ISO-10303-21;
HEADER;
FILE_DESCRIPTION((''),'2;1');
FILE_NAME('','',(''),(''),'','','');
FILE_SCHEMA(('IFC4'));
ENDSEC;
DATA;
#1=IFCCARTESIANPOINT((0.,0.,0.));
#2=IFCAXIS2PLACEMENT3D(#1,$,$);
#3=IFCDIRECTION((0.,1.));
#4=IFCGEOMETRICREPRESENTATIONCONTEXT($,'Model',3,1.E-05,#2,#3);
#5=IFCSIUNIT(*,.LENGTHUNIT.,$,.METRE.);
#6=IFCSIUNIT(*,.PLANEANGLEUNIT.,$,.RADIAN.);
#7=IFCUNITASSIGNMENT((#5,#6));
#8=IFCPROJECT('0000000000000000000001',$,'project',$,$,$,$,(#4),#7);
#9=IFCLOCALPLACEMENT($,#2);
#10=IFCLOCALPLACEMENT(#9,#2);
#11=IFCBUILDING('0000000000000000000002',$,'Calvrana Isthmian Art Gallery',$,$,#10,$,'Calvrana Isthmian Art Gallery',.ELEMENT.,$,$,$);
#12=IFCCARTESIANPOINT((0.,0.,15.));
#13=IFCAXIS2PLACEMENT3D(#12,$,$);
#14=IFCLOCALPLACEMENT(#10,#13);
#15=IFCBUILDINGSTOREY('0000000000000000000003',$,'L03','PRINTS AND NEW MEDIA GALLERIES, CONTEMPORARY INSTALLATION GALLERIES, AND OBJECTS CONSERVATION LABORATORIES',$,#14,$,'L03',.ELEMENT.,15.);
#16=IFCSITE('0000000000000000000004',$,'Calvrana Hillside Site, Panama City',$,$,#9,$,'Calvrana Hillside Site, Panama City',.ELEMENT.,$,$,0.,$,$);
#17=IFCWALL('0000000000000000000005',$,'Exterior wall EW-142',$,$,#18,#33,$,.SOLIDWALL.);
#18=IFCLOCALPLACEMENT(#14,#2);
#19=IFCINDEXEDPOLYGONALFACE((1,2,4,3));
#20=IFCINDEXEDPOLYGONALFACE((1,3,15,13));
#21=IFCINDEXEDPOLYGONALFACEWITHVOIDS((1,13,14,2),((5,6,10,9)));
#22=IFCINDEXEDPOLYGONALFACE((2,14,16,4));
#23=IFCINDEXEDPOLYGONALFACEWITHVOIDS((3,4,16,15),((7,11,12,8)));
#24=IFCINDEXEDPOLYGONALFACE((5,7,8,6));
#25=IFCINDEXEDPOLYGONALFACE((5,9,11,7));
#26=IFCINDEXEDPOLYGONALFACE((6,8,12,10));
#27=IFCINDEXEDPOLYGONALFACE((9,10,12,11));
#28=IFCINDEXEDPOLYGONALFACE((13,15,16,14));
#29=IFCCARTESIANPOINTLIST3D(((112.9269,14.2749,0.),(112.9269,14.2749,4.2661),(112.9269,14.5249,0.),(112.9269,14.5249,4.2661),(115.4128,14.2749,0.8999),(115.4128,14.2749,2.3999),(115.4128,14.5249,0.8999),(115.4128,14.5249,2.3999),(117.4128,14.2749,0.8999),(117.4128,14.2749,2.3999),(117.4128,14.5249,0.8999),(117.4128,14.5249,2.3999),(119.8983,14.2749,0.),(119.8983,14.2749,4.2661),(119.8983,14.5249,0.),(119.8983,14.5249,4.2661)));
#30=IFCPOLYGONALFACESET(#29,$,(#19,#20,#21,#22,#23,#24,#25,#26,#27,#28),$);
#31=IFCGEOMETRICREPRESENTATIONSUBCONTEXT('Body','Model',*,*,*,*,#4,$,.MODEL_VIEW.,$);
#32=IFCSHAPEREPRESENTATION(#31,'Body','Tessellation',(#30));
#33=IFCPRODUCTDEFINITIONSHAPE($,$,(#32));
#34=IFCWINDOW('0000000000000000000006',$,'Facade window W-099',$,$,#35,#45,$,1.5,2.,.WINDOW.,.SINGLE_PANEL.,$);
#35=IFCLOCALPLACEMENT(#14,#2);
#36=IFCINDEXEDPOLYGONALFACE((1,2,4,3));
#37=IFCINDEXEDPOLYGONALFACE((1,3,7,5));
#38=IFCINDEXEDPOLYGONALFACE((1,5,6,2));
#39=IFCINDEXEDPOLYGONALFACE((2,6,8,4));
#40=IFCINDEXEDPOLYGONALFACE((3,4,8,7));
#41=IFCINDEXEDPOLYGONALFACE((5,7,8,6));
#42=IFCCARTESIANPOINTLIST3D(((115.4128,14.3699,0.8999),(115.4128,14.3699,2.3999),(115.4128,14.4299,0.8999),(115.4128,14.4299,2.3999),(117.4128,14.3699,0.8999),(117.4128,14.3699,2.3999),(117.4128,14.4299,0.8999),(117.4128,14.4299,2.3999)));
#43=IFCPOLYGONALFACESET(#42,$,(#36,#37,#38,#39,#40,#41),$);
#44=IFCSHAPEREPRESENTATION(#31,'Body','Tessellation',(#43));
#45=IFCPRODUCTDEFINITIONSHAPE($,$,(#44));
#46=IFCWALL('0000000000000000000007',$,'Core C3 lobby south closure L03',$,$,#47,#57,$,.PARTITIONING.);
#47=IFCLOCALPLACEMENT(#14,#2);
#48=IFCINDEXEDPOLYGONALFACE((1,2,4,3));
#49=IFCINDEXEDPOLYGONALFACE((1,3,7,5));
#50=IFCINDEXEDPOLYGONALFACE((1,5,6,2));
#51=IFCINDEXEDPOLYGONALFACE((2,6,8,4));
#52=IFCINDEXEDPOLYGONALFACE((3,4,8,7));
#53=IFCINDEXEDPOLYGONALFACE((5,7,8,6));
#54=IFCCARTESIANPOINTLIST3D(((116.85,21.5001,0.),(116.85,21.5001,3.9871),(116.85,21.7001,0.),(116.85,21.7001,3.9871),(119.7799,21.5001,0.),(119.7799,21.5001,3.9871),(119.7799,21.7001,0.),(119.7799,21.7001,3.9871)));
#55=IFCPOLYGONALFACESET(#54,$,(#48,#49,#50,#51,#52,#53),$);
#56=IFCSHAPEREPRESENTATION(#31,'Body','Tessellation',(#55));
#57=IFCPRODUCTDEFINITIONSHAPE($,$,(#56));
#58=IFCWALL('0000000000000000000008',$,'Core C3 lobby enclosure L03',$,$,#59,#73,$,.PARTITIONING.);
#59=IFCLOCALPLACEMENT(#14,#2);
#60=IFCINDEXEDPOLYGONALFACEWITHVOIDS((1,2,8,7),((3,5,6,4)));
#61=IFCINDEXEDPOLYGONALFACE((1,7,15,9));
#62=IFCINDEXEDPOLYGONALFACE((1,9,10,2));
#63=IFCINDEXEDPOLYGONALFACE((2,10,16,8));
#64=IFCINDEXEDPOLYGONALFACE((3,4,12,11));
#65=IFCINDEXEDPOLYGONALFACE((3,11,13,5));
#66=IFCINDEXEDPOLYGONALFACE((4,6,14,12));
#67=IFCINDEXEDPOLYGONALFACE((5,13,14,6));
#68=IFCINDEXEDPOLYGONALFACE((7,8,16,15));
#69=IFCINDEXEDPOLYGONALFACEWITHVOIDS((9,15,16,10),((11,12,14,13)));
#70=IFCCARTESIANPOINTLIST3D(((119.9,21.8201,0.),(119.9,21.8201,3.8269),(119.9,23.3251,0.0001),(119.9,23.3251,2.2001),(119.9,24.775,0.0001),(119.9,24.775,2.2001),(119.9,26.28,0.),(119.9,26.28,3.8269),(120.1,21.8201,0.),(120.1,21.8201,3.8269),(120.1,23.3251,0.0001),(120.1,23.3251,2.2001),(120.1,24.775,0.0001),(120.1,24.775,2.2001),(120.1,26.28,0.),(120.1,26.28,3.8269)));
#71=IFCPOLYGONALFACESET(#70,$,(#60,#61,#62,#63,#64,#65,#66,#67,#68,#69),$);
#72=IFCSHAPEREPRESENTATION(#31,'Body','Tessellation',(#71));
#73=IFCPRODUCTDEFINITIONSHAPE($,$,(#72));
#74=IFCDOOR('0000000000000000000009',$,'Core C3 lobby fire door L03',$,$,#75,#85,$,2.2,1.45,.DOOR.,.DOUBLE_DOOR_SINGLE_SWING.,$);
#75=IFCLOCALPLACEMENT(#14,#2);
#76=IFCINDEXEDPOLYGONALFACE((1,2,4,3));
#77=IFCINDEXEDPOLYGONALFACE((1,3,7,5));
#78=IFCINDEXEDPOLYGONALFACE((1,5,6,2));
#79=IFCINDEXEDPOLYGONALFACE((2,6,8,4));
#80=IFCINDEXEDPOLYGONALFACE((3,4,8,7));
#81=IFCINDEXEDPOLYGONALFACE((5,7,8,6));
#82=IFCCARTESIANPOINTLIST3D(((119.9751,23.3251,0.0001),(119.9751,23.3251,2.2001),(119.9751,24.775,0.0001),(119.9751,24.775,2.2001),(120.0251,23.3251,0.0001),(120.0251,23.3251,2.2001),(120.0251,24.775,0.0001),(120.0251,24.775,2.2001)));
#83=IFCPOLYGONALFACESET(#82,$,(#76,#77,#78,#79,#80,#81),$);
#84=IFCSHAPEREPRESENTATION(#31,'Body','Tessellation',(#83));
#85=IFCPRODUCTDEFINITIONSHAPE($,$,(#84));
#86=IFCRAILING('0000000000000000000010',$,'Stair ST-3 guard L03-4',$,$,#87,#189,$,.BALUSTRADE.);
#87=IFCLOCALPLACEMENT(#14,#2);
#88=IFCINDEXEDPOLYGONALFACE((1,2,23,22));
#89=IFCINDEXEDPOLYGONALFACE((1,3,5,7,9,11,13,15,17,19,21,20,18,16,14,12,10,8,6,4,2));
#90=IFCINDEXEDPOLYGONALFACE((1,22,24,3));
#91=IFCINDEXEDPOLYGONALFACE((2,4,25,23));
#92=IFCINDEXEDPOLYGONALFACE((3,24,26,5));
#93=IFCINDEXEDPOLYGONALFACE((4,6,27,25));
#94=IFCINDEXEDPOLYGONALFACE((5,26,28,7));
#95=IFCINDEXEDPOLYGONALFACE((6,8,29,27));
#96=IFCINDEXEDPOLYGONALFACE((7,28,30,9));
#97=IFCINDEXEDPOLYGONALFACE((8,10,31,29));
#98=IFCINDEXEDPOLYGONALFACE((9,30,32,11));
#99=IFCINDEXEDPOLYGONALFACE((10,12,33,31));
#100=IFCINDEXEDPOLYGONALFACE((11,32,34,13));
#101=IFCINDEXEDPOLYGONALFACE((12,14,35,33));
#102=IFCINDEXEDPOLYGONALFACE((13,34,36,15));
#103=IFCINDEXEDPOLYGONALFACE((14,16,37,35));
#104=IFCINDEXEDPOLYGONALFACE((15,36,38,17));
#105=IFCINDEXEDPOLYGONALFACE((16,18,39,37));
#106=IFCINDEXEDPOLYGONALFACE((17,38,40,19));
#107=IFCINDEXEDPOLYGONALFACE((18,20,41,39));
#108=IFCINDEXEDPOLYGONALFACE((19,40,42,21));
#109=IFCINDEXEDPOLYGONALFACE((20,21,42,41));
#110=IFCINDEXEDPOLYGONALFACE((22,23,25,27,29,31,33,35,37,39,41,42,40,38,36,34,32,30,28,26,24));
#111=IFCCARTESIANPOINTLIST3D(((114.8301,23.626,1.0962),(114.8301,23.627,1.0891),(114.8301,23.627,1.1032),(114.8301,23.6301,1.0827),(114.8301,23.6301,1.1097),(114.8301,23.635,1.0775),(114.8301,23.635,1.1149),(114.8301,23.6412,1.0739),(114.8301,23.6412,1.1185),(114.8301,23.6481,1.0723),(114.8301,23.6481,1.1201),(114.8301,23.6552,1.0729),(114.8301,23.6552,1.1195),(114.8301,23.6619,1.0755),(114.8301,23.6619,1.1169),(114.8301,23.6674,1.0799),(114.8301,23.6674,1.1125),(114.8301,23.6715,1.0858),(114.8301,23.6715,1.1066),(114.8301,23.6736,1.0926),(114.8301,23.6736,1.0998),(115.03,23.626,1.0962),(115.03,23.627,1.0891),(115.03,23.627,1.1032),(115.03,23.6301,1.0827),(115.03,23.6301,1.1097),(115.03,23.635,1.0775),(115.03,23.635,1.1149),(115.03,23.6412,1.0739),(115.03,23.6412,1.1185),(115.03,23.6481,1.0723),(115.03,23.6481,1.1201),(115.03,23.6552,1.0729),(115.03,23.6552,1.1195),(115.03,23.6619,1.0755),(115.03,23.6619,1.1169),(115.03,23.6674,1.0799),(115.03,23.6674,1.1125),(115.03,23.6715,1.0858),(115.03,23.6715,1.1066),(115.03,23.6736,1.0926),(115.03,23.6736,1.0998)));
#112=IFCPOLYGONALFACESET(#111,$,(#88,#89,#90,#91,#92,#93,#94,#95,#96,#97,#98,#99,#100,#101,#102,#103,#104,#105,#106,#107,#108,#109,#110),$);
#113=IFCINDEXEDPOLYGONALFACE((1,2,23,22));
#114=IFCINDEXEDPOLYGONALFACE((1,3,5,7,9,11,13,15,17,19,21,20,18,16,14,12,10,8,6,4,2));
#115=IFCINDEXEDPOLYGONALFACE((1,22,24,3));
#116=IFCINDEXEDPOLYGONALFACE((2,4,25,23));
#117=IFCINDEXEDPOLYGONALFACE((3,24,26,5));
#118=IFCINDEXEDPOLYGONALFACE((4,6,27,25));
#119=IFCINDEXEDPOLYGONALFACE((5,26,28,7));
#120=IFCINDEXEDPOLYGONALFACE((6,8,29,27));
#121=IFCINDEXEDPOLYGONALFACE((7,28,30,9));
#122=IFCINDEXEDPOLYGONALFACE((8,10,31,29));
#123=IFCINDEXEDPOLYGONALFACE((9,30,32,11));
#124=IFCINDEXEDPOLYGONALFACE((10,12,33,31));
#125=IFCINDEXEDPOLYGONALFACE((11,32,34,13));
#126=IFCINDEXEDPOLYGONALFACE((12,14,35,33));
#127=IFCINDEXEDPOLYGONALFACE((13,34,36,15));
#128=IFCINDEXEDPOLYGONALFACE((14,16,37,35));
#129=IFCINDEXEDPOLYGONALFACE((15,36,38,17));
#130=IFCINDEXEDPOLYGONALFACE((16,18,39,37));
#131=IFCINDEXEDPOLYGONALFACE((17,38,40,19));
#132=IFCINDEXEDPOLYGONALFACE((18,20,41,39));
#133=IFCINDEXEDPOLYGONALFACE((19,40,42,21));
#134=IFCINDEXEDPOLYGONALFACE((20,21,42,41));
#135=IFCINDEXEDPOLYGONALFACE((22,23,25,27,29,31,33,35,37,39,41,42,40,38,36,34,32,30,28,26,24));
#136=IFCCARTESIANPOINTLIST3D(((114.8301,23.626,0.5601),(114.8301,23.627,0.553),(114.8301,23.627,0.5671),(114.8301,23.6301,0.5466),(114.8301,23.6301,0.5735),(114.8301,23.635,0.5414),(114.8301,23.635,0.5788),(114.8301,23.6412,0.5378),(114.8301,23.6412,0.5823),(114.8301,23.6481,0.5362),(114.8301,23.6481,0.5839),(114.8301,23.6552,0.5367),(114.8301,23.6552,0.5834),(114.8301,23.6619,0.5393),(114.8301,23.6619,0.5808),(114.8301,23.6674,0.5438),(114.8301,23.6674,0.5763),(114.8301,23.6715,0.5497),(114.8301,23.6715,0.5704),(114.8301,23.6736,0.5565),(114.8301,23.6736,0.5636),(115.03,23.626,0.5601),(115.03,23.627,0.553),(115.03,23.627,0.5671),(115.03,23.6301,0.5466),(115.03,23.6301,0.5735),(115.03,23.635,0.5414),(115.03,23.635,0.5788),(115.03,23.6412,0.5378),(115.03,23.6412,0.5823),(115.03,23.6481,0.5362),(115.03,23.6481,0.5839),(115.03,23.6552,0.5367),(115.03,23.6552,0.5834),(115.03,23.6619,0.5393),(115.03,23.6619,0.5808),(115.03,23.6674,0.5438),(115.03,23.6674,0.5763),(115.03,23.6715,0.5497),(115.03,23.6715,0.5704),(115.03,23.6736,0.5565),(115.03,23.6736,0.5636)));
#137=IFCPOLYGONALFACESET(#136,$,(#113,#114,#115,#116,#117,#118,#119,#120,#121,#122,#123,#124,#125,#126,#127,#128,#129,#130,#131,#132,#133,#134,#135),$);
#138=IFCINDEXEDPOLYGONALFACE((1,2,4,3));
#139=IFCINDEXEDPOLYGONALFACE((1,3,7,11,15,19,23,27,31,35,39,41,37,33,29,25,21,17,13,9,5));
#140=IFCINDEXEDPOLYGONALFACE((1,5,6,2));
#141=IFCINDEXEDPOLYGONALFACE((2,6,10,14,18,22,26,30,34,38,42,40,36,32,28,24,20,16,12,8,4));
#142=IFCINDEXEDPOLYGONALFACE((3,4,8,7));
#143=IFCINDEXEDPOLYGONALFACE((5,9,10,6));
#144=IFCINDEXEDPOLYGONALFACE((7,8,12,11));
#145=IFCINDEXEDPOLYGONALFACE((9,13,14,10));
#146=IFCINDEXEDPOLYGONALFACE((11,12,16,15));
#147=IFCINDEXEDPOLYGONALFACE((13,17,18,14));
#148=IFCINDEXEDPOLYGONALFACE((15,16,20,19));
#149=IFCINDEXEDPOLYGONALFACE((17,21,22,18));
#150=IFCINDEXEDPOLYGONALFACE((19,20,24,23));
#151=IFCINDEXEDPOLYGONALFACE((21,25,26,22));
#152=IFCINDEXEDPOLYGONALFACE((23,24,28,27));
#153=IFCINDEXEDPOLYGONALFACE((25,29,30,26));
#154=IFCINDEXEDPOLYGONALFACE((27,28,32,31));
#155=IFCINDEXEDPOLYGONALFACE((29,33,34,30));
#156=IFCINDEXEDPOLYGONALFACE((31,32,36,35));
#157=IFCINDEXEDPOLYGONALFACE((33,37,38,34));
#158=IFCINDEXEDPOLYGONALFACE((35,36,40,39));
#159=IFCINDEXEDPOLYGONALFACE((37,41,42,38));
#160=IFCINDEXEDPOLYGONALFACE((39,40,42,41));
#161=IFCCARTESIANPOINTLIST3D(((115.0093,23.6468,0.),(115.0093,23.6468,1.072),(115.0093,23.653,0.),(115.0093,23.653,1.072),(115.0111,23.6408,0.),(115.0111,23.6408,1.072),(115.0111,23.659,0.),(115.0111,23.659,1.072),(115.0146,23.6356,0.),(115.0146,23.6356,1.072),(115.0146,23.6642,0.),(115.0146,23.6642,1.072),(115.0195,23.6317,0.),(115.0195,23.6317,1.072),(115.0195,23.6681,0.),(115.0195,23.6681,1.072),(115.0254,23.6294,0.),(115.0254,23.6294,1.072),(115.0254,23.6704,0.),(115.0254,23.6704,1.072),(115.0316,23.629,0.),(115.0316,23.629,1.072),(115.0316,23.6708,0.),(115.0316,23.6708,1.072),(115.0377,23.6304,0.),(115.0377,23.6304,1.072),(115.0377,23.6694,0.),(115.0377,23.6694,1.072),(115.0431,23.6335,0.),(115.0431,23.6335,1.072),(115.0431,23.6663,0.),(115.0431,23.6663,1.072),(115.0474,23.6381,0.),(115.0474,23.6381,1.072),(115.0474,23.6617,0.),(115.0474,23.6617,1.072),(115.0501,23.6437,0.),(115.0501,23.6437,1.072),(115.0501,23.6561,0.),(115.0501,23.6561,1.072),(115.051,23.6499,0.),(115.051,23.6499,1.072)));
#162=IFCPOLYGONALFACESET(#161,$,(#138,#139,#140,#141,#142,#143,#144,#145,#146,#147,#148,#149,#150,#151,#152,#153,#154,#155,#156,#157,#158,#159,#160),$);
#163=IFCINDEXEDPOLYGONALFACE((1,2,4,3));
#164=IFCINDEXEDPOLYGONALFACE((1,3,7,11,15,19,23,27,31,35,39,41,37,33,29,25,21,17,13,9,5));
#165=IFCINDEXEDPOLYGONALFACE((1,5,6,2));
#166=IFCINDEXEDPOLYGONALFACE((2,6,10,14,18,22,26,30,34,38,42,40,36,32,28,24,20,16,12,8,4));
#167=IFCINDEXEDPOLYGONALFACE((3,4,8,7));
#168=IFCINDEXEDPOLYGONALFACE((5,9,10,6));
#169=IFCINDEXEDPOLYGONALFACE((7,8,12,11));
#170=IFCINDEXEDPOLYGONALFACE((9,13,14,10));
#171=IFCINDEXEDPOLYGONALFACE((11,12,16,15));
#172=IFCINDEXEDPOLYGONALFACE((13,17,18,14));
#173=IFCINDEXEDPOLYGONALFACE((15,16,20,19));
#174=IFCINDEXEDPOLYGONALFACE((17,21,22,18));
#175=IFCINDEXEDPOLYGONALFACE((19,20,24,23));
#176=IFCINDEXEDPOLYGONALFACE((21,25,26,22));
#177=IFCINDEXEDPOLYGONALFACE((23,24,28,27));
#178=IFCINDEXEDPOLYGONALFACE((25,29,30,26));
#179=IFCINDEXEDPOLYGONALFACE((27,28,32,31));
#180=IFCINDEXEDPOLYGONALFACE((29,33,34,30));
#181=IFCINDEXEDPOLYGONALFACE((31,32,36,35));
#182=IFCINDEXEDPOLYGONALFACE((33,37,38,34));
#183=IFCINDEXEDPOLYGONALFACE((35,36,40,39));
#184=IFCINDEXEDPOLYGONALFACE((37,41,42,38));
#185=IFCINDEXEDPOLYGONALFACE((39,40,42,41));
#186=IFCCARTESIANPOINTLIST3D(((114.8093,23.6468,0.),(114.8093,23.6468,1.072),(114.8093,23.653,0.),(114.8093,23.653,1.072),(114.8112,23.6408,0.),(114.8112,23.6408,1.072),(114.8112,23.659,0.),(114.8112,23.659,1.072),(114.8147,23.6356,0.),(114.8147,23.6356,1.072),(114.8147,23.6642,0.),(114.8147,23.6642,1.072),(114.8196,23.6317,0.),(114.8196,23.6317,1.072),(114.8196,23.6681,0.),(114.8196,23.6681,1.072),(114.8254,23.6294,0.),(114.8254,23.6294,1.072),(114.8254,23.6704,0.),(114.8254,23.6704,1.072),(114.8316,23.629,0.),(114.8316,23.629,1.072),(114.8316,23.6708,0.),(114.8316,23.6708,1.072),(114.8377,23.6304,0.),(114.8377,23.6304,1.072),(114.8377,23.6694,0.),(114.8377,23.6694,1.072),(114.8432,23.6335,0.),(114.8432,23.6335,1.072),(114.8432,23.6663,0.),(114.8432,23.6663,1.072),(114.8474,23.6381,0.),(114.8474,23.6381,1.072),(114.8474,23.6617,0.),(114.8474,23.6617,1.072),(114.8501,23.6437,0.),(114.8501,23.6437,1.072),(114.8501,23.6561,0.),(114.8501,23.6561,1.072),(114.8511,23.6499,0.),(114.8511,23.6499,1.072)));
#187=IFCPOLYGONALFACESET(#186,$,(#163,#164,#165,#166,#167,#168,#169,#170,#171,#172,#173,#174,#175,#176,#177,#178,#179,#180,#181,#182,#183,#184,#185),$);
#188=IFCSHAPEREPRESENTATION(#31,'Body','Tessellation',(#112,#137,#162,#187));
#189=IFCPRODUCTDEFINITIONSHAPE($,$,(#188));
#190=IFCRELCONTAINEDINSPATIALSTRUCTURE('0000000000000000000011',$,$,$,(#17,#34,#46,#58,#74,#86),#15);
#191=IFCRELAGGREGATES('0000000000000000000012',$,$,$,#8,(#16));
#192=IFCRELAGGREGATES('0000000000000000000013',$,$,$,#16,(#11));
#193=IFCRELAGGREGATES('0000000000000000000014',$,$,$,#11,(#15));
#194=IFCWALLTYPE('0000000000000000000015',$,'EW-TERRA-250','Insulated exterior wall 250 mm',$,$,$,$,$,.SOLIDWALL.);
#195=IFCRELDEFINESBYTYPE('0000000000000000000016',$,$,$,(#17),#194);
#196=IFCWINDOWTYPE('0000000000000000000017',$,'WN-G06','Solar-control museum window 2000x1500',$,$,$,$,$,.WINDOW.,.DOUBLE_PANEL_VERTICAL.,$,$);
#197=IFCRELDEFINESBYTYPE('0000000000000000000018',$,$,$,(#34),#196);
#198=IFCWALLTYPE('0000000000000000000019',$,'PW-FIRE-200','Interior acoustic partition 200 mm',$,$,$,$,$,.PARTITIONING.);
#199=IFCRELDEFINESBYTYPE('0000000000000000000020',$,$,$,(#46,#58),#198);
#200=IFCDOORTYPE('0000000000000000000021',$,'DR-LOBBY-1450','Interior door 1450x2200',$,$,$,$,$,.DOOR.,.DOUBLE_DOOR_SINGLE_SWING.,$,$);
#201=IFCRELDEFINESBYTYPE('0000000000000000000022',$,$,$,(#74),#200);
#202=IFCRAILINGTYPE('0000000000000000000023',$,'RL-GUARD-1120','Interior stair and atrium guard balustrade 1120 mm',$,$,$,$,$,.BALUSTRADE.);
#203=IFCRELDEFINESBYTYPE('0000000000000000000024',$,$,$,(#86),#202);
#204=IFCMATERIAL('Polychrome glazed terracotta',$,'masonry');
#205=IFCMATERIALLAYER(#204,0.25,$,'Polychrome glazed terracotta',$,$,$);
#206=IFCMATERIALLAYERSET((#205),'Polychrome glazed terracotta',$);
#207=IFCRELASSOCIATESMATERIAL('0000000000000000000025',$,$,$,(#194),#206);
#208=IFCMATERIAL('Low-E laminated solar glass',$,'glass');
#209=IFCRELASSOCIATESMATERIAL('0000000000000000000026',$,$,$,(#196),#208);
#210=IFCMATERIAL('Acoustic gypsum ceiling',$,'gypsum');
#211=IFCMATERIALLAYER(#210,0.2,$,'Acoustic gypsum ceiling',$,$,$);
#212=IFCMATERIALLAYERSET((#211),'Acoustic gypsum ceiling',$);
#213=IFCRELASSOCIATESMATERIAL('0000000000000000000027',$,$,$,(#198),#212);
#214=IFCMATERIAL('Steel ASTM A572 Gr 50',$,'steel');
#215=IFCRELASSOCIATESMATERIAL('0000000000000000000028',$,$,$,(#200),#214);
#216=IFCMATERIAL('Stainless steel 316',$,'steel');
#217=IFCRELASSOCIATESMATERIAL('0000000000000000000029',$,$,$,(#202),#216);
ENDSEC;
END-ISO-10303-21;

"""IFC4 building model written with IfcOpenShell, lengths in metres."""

from ifc_helpers import new_model, si_unit, direction, frame, frame_2d, origin, origin_2d, place, context, subcontext, project, spatial, rectangle, circle, extrude, material, layer, layer_set, type_object, element, fill, save


model = new_model("IFC4")

# Units and contexts
model_context = context("Model", 3, precision=1e-05, world=origin(), true_north=direction((0.0, 1.0)))
body_context = subcontext(model_context, "Body", "Model", "MODEL_VIEW")
ifc_project = project(units=[si_unit("LENGTHUNIT", "METRE"), si_unit("PLANEANGLEUNIT", "RADIAN")], contexts=[model_context])

# Site, building, storey
site_placement = place(None, origin())
site = spatial("IfcSite", under=ifc_project, at=site_placement, Name="Calvrana Hillside Site, Panama City", LongName="Calvrana Hillside Site, Panama City", CompositionType="ELEMENT", RefElevation=0.0)
building_placement = place(site_placement, origin())
building = spatial("IfcBuilding", under=site, at=building_placement, Name="Calvrana Isthmian Art Gallery", LongName="Calvrana Isthmian Art Gallery", CompositionType="ELEMENT")
storey_placement = place(building_placement, frame((0.0, 0.0, 15.0)))
storey = spatial("IfcBuildingStorey", under=building, at=storey_placement, Name="L03", Description="PRINTS AND NEW MEDIA GALLERIES, CONTEMPORARY INSTALLATION GALLERIES, AND OBJECTS CONSERVATION LABORATORIES", LongName="L03", CompositionType="ELEMENT", Elevation=15.0)

# Shared definitions
ifc_material_1 = material(Name="Steel ASTM A572 Gr 50", Category="steel")

# Wall, opening, window
ifc_material_2 = material(Name="Polychrome glazed terracotta", Category="masonry")
ifc_layer_1 = layer(ifc_material_2, 0.25, Name="Polychrome glazed terracotta")
ifc_layer_set_1 = layer_set([ifc_layer_1], Name="Polychrome glazed terracotta")
wall_type_1 = type_object("IfcWallType", Name="EW-TERRA-250", Description="Insulated exterior wall 250 mm", PredefinedType="SOLIDWALL", material=ifc_layer_set_1)
wall_1_placement = place(storey_placement, frame((119.8984, 14.3999, 0.0), z_axis=(0.0, 0.0, 1.0), x_axis=(-1.0, 0.0, 0.0)))
wall_1 = element("IfcWall", 1, at=wall_1_placement, inside=storey, type_object=wall_type_1, Name="Exterior wall EW-142", PredefinedType="SOLIDWALL", context=body_context, shape_type="SweptSolid", body=[
    extrude(rectangle(XDim=6.9714, YDim=0.25, at=frame_2d((3.4858, 0.0))), origin(), (0.0, 0.0, 1.0), 4.2661),
])
opening_1_placement = place(wall_1_placement, frame((2.4856, 0.0, 0.8999)))
opening_1 = element("IfcOpeningElement", 2, at=opening_1_placement, cuts=wall_1, PredefinedType="OPENING", context=body_context, shape_type="SweptSolid", body=[
    extrude(rectangle(XDim=2.0, YDim=1.5, at=frame_2d((1.0, 0.75))), frame((0.0, 0.1353, 0.0), z_axis=(0.0, -1.0, 0.0), x_axis=(1.0, 0.0, 0.0)), (0.0, 0.0, 1.0), 0.2705),
])
ifc_material_3 = material(Name="Low-E laminated solar glass", Category="glass")
window_type = type_object("IfcWindowType", Name="WN-G06", Description="Solar-control museum window 2000x1500", PartitioningType="DOUBLE_PANEL_VERTICAL", PredefinedType="WINDOW", material=ifc_material_3)
window_placement = place(opening_1_placement, origin())
window = element("IfcWindow", 3, at=window_placement, inside=storey, type_object=window_type, Name="Facade window W-099", OverallHeight=1.5, OverallWidth=2.0, PartitioningType="SINGLE_PANEL", PredefinedType="WINDOW", context=body_context, shape_type="SweptSolid", body=[
    extrude(rectangle(XDim=2.0, YDim=1.5, at=frame_2d((1.0, 0.75))), frame((0.0, 0.03, 0.0), z_axis=(0.0, -1.0, 0.0), x_axis=(1.0, 0.0, 0.0)), (0.0, 0.0, 1.0), 0.0601),
])
fill(opening_1, window)

# Wall
ifc_material_4 = material(Name="Acoustic gypsum ceiling", Category="gypsum")
ifc_layer_2 = layer(ifc_material_4, 0.2, Name="Acoustic gypsum ceiling")
ifc_layer_set_2 = layer_set([ifc_layer_2], Name="Acoustic gypsum ceiling")
wall_type_2 = type_object("IfcWallType", Name="PW-FIRE-200", Description="Interior acoustic partition 200 mm", PredefinedType="PARTITIONING", material=ifc_layer_set_2)
wall_2_placement = place(storey_placement, frame((116.8501, 21.6001, 0.0), z_axis=(0.0, 0.0, 1.0), x_axis=(1.0, 0.0, 0.0)))
element("IfcWall", 4, at=wall_2_placement, inside=storey, type_object=wall_type_2, Name="Core C3 lobby south closure L03", PredefinedType="PARTITIONING", context=body_context, shape_type="SweptSolid", body=[
    extrude(rectangle(XDim=2.9299, YDim=0.2, at=frame_2d((1.4648, 0.0))), origin(), (0.0, 0.0, 1.0), 3.9871),
])

# Wall, opening, door
wall_3_placement = place(storey_placement, frame((120.0, 21.8201, 0.0), z_axis=(0.0, 0.0, 1.0), x_axis=(0.0, 1.0, 0.0)))
wall_3 = element("IfcWall", 5, at=wall_3_placement, inside=storey, type_object=wall_type_2, Name="Core C3 lobby enclosure L03", PredefinedType="PARTITIONING", context=body_context, shape_type="SweptSolid", body=[
    extrude(rectangle(XDim=4.46, YDim=0.2, at=frame_2d((2.23, 0.0))), origin(), (0.0, 0.0, 1.0), 3.8269),
])
opening_2_placement = place(wall_3_placement, frame((1.5049, 0.0, 0.0)))
opening_2 = element("IfcOpeningElement", 6, at=opening_2_placement, cuts=wall_3, PredefinedType="OPENING", context=body_context, shape_type="SweptSolid", body=[
    extrude(rectangle(XDim=1.45, YDim=2.2, at=frame_2d((0.7251, 1.1001))), frame((0.0, 0.1104, 0.0), z_axis=(0.0, -1.0, 0.0), x_axis=(1.0, 0.0, 0.0)), (0.0, 0.0, 1.0), 0.2205),
])
door_type_1 = type_object("IfcDoorType", Name="DR-LOBBY-1450", Description="Interior door 1450x2200", OperationType="DOUBLE_DOOR_SINGLE_SWING", PredefinedType="DOOR", material=ifc_material_1)
door_1_placement = place(opening_2_placement, origin())
door_1 = element("IfcDoor", 7, at=door_1_placement, inside=storey, type_object=door_type_1, Name="Core C3 lobby fire door L03", OperationType="DOUBLE_DOOR_SINGLE_SWING", OverallHeight=2.2, OverallWidth=1.45, PredefinedType="DOOR", context=body_context, shape_type="SweptSolid", body=[
    extrude(rectangle(XDim=1.45, YDim=2.2, at=frame_2d((0.7251, 1.1001))), frame((0.0, 0.0249, 0.0), z_axis=(0.0, -1.0, 0.0), x_axis=(1.0, 0.0, 0.0)), (0.0, 0.0, 1.0), 0.05),
])
fill(opening_2, door_1)

# Railing
ifc_material_5 = material(Name="Stainless steel 316", Category="steel")
railing_type = type_object("IfcRailingType", Name="RL-GUARD-1120", Description="Interior stair and atrium guard balustrade 1120 mm", PredefinedType="BALUSTRADE", material=ifc_material_5)
railing_1_placement = place(storey_placement, frame((115.03, 23.6499, 0.0)))
element("IfcRailing", 8, at=railing_1_placement, inside=storey, type_object=railing_type, Name="Stair ST-3 guard L03-4", PredefinedType="BALUSTRADE", context=body_context, shape_type="SweptSolid", body=[
    extrude(circle(Radius=0.0239, at=origin_2d()), frame((0.0, 0.0, 1.0962), z_axis=(-1.0, 0.0, 0.0), x_axis=(0.0, -1.0, 0.0)), (0.0, 0.0, 1.0), 0.2),
    extrude(circle(Radius=0.0239, at=origin_2d()), frame((0.0, 0.0, 0.5601), z_axis=(-1.0, 0.0, 0.0), x_axis=(0.0, -1.0, 0.0)), (0.0, 0.0, 1.0), 0.2),
    extrude(circle(Radius=0.021, at=origin_2d()), origin(), (0.0, 0.0, 1.0), 1.072),
    extrude(circle(Radius=0.021, at=origin_2d()), frame((-0.2, 0.0, 0.0)), (0.0, 0.0, 1.0), 1.072),
])

save(model, "model.ifc")
